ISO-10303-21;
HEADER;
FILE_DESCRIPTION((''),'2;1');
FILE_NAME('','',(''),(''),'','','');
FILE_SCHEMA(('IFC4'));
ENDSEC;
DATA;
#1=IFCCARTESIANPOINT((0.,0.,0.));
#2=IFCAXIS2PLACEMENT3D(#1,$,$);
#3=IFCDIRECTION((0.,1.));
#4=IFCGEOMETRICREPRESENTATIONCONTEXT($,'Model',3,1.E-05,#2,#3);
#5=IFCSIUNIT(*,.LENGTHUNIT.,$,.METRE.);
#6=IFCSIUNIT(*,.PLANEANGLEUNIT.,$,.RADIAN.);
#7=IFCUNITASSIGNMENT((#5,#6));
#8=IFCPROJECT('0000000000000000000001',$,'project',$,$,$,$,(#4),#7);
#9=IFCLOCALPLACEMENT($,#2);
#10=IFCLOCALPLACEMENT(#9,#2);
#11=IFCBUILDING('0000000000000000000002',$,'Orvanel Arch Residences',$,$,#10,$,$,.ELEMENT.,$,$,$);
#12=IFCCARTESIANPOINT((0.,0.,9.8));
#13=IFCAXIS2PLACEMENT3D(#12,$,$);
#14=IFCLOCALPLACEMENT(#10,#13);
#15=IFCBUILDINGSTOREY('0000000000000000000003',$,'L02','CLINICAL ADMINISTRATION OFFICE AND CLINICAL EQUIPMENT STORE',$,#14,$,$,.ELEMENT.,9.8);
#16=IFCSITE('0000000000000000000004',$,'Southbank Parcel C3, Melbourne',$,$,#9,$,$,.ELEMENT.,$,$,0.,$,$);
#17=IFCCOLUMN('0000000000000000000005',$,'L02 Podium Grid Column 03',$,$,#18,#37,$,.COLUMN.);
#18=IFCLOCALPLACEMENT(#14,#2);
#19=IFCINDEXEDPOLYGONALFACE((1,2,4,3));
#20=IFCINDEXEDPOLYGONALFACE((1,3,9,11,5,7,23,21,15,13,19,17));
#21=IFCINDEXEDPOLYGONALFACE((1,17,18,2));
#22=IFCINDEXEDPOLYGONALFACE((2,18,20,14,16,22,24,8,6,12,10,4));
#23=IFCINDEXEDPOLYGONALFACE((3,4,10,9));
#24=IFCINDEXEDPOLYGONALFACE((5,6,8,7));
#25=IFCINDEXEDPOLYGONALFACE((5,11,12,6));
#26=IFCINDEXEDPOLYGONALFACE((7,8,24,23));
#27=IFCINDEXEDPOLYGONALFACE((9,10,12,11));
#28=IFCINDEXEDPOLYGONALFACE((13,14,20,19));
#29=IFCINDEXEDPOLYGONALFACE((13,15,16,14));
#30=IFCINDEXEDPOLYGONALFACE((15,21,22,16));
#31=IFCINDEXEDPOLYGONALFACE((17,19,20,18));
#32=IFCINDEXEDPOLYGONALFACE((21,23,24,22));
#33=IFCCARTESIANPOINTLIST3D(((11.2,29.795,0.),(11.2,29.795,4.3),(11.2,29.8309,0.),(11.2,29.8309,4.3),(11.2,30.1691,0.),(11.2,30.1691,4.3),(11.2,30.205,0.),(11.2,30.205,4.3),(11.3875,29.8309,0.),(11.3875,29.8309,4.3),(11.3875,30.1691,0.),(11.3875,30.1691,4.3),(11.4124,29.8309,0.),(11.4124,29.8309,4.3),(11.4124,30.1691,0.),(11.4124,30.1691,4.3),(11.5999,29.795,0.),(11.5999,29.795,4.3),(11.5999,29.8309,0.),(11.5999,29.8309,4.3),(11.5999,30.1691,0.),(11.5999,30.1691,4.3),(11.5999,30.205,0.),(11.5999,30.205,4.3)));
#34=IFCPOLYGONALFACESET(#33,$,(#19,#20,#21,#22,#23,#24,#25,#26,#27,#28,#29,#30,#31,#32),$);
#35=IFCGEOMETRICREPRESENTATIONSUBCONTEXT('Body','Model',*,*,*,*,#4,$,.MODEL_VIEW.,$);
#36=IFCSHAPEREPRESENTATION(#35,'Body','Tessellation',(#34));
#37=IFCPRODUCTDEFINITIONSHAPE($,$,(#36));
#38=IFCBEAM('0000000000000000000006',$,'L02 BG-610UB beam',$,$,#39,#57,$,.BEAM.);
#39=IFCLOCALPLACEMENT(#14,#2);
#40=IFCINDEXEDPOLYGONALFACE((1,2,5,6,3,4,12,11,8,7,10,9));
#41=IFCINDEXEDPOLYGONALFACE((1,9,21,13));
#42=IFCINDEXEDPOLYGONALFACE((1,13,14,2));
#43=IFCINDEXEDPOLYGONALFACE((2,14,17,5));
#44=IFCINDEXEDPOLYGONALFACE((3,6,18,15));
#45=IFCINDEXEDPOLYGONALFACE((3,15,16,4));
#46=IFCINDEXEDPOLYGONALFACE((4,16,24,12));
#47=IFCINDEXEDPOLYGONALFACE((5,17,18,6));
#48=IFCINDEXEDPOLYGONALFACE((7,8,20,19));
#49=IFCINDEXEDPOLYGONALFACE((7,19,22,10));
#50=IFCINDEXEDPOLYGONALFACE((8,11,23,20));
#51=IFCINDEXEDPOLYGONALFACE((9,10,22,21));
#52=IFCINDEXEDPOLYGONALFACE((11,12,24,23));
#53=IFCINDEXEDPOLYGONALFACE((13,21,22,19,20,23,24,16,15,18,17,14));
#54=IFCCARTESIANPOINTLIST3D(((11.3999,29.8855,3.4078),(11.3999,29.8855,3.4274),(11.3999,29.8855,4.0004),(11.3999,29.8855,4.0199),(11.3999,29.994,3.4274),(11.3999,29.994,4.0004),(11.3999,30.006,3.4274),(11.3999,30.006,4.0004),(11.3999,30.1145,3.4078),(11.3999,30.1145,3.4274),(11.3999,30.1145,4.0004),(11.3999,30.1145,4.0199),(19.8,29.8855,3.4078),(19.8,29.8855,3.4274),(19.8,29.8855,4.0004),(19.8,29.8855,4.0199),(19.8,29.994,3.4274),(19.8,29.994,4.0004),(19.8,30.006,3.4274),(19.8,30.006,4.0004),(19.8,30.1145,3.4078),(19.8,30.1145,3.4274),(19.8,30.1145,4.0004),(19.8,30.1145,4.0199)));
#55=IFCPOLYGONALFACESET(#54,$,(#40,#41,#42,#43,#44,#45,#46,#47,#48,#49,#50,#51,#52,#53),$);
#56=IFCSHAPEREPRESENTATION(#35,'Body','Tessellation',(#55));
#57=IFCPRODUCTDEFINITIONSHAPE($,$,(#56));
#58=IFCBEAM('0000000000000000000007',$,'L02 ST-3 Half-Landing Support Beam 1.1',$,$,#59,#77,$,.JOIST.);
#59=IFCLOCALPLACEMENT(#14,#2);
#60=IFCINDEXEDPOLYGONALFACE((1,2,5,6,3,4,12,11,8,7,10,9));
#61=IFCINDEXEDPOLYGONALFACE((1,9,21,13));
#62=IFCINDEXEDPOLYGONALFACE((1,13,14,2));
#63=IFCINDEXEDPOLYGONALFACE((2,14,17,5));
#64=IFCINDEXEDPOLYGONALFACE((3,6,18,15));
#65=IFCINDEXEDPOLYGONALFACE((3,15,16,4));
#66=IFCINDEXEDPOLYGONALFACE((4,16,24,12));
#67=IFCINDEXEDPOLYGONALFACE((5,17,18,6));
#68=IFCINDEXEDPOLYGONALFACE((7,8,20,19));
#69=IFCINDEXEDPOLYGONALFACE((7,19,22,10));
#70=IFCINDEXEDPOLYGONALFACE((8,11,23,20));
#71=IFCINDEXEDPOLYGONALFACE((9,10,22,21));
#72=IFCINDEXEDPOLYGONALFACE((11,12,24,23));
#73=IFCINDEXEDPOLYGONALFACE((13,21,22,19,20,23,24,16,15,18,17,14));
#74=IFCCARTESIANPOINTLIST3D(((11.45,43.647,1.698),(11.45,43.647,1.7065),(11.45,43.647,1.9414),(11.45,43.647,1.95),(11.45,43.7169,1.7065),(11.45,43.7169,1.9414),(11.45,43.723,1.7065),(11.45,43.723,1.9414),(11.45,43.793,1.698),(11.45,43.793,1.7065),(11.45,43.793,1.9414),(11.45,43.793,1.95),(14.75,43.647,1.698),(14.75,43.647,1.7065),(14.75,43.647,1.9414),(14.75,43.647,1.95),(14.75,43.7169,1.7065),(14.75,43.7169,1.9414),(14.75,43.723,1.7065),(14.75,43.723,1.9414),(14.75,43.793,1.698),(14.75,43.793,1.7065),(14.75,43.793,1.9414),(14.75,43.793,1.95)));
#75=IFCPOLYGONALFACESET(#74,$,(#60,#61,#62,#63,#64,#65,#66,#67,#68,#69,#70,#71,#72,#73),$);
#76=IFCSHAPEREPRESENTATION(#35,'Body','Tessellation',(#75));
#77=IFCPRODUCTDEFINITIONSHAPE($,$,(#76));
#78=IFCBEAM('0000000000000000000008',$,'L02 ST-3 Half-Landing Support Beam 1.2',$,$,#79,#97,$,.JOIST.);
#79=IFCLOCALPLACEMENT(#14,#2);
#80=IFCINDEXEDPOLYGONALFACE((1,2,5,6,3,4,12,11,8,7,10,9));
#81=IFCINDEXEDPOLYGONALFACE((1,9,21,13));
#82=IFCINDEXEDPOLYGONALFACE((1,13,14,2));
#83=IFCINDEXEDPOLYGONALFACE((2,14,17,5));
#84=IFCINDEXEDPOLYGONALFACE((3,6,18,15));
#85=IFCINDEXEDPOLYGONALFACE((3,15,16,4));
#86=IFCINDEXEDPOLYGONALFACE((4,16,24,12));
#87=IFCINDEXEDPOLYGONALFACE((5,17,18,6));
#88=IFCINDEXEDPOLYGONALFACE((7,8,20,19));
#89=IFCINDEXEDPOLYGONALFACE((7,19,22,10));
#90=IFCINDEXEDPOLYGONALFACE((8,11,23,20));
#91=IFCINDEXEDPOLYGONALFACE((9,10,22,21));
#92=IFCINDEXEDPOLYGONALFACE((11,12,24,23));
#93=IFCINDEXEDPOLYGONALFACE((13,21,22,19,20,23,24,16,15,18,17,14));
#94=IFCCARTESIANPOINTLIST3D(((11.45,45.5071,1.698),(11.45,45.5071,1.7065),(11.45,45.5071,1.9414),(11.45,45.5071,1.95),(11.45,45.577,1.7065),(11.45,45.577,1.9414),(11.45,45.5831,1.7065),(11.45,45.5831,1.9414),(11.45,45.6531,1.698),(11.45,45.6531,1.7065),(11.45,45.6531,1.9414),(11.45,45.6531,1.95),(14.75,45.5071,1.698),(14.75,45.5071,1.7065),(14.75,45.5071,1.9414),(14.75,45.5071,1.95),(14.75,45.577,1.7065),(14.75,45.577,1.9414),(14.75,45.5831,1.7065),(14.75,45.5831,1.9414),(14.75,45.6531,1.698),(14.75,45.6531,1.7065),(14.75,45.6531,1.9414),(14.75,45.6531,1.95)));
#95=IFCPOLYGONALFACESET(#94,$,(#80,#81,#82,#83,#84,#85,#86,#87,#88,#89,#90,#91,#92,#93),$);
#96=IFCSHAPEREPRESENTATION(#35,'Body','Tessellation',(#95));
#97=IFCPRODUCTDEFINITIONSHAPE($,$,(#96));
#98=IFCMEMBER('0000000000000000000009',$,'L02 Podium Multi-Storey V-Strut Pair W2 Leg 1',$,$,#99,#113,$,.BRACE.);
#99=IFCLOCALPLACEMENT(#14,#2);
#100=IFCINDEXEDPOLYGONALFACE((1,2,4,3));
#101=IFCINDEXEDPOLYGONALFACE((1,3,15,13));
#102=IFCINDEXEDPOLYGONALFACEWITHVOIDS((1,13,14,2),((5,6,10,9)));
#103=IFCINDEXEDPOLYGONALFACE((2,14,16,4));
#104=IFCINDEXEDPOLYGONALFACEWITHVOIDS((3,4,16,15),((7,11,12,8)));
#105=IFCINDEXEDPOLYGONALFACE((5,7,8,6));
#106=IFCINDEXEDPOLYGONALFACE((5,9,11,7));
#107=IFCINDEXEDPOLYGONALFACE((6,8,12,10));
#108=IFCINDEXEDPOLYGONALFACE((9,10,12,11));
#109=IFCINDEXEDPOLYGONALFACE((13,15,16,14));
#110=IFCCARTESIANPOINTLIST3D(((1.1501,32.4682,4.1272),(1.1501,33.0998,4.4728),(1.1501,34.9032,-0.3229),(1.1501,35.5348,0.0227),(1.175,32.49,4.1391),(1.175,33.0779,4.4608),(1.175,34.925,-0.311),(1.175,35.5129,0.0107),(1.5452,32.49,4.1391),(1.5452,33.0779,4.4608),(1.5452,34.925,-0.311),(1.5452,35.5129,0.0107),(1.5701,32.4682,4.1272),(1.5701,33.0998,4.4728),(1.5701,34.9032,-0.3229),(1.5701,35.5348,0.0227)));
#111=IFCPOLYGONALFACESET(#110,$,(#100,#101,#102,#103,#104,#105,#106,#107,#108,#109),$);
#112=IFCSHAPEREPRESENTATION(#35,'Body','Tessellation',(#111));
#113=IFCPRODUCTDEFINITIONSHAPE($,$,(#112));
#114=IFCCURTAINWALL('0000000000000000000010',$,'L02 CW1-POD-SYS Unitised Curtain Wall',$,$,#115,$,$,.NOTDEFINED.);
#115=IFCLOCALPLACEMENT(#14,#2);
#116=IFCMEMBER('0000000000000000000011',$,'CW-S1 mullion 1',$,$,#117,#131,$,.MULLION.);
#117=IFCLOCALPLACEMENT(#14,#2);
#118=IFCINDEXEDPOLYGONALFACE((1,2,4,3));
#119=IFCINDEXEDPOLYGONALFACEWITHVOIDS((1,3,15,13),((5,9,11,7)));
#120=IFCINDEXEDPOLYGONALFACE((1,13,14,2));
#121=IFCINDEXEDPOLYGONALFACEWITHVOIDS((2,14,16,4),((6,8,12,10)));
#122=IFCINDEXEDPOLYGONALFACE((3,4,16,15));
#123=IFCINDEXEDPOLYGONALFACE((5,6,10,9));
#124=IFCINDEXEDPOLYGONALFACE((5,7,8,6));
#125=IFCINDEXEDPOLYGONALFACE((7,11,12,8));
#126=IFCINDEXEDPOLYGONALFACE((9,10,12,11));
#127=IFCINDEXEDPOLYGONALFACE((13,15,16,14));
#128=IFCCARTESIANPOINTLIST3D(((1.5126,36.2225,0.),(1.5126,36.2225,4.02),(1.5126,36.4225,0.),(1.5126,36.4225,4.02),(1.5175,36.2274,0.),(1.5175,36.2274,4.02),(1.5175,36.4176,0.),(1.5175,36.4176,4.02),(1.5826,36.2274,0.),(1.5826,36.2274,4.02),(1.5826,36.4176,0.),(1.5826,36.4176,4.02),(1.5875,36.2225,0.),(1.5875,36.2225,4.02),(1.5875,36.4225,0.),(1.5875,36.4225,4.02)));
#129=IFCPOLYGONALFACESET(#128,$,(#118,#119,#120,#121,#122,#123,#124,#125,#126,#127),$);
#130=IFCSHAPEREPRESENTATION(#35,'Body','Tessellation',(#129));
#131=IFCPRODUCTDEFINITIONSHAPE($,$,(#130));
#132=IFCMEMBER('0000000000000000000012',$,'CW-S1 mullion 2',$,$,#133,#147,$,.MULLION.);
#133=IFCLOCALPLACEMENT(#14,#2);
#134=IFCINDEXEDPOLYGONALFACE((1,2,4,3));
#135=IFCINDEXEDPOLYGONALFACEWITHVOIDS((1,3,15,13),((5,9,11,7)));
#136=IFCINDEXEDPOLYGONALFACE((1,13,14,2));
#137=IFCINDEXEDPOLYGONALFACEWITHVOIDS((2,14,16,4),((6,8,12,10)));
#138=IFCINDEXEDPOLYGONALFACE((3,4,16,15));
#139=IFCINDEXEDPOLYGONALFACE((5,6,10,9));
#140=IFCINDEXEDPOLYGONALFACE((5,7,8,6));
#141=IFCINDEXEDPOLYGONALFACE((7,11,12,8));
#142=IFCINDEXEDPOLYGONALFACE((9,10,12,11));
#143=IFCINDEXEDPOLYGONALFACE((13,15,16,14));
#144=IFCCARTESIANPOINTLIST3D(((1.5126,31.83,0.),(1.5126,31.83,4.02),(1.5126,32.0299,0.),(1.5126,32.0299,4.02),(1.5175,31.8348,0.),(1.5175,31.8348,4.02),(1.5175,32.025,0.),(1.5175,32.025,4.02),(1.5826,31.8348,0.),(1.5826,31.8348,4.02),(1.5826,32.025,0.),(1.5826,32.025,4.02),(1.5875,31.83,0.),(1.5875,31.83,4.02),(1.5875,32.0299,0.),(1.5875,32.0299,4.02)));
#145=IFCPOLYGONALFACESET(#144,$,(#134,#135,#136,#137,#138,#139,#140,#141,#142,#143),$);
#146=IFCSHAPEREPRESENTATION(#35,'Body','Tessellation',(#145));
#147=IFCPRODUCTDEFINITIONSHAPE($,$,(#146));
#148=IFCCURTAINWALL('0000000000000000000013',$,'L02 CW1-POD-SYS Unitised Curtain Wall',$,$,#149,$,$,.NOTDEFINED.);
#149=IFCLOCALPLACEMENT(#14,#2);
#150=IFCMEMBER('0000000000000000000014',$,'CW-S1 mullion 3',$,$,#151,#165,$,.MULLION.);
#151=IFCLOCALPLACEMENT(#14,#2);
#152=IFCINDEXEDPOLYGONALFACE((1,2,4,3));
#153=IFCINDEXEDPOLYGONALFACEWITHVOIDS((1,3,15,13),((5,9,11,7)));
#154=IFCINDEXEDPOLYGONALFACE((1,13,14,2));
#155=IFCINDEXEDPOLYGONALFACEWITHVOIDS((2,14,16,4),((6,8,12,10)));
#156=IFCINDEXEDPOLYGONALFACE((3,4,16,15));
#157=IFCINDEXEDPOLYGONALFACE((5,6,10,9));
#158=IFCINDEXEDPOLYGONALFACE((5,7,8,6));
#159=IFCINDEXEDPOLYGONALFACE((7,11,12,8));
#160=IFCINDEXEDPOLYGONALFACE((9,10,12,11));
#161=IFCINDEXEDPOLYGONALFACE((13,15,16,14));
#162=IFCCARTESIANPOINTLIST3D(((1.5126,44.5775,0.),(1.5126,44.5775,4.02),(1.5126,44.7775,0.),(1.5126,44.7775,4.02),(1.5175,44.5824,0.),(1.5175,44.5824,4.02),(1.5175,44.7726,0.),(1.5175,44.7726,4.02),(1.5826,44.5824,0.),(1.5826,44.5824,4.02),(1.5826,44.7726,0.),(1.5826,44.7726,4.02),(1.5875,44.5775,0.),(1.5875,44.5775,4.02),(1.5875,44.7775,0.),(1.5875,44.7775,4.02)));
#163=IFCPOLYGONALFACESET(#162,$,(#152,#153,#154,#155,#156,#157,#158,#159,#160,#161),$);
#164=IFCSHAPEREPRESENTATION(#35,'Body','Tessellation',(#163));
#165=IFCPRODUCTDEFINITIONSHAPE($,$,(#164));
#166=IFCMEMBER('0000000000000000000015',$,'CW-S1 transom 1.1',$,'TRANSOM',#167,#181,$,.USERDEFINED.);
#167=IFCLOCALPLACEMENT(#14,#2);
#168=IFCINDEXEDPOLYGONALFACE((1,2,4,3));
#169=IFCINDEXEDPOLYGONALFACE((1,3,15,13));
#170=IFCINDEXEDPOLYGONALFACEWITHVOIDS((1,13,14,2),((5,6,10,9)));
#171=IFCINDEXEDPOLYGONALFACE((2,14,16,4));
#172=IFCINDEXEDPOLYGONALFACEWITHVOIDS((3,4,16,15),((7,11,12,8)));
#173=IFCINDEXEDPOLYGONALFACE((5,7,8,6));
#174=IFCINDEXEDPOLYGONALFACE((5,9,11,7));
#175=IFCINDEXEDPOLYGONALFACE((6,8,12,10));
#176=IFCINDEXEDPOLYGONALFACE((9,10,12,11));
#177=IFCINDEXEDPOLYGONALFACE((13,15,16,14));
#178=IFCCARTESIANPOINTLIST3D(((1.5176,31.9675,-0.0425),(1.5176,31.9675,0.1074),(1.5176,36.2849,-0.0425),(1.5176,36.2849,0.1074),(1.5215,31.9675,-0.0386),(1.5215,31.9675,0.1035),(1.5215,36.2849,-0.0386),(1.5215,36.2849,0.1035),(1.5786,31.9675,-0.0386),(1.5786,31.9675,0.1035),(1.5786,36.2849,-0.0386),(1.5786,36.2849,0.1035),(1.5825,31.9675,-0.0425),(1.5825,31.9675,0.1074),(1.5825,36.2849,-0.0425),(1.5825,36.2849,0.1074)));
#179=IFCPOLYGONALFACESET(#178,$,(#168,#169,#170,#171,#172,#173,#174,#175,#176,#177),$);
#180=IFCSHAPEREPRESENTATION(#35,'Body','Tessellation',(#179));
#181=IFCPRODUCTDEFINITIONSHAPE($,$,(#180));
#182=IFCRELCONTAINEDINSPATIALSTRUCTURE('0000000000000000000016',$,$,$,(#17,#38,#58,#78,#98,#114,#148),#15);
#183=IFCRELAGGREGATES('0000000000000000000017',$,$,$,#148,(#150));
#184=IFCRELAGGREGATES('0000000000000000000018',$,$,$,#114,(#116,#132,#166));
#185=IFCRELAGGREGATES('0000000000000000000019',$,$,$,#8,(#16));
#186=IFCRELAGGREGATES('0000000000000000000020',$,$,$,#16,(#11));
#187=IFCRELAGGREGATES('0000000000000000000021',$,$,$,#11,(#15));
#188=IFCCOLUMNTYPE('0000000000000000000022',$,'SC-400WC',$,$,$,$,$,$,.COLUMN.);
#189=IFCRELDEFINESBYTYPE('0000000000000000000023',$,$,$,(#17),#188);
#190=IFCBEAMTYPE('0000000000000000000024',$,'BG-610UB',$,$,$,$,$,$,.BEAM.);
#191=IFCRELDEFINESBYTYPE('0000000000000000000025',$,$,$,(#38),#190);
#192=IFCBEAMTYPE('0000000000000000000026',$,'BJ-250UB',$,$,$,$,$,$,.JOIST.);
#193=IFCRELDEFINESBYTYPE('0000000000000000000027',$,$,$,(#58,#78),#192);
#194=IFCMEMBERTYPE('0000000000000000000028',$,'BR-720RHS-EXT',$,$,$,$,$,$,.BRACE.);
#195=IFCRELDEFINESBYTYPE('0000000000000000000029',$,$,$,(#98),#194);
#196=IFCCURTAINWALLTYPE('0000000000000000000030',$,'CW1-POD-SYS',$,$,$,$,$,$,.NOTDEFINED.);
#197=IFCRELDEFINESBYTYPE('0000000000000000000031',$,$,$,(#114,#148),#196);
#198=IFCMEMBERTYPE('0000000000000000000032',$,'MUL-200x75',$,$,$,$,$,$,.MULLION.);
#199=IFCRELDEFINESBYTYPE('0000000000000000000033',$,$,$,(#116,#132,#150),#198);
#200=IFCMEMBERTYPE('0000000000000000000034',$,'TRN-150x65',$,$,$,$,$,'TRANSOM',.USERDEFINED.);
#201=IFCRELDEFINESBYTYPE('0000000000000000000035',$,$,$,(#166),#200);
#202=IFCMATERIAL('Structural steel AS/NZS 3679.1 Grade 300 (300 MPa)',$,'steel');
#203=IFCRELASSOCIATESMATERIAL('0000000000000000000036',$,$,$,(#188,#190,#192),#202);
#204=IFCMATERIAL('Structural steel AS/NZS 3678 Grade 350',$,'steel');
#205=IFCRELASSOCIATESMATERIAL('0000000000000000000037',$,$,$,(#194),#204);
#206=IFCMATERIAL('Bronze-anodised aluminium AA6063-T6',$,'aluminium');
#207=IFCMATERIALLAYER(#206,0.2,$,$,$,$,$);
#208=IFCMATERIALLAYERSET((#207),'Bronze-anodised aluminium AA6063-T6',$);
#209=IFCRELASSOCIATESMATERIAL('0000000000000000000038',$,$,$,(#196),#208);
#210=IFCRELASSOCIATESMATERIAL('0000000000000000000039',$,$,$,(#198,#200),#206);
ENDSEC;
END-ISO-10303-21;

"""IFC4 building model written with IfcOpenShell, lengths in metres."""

from ifc_helpers import new_model, si_unit, direction, frame, origin, origin_2d, place, context, subcontext, project, spatial, hollow_rectangle, i_section, extrude, material, layer, layer_set, material_profile, profile_set, type_object, element, aggregate, save


model = new_model("IFC4")

# Units and contexts
model_context = context("Model", 3, precision=1e-05, world=origin(), true_north=direction((0.0, 1.0)))
body_context = subcontext(model_context, "Body", "Model", "MODEL_VIEW")
ifc_project = project(units=[si_unit("LENGTHUNIT", "METRE"), si_unit("PLANEANGLEUNIT", "RADIAN")], contexts=[model_context])

# Site, building, storey
site_placement = place(None, origin())
site = spatial("IfcSite", under=ifc_project, at=site_placement, Name="Southbank Parcel C3, Melbourne", CompositionType="ELEMENT", RefElevation=0.0)
building_placement = place(site_placement, origin())
building = spatial("IfcBuilding", under=site, at=building_placement, Name="Orvanel Arch Residences", CompositionType="ELEMENT")
storey_placement = place(building_placement, frame((0.0, 0.0, 9.8)))
storey = spatial("IfcBuildingStorey", under=building, at=storey_placement, Name="L02", Description="CLINICAL ADMINISTRATION OFFICE AND CLINICAL EQUIPMENT STORE", CompositionType="ELEMENT", Elevation=9.8)

# Column
ifc_material_1 = material(Name="Structural steel AS/NZS 3679.1 Grade 300 (300 MPa)", Category="steel")
ifc_material_profile_1 = material_profile(ifc_material_1, i_section(OverallWidth=0.3999, OverallDepth=0.4099, WebThickness=0.0249, FlangeThickness=0.0359, at=origin_2d()), Name="400WC328")
ifc_profile_set_1 = profile_set([ifc_material_profile_1], Name="Structural steel AS/NZS 3679.1 Grade 300 (300 MPa)")
column_type = type_object("IfcColumnType", Name="SC-400WC", PredefinedType="COLUMN", material=ifc_profile_set_1)
column_placement = place(storey_placement, frame((11.3999, 30.0, 0.0), z_axis=(0.0, 0.0, 1.0), x_axis=(1.0, 0.0, 0.0)))
element("IfcColumn", 1, at=column_placement, inside=storey, type_object=column_type, Name="L02 Podium Grid Column 03", PredefinedType="COLUMN", context=body_context, shape_type="SweptSolid", body=[
    extrude(i_section(OverallWidth=0.3999, OverallDepth=0.4099, WebThickness=0.0249, FlangeThickness=0.0359, at=origin_2d()), origin(), (0.0, 0.0, 1.0), 4.3),
])

# Beams
ifc_material_profile_2 = material_profile(ifc_material_1, i_section(OverallWidth=0.229, OverallDepth=0.6121, WebThickness=0.012, FlangeThickness=0.0195, at=origin_2d()), Name="610UB125")
ifc_profile_set_2 = profile_set([ifc_material_profile_2], Name="Structural steel AS/NZS 3679.1 Grade 300 (300 MPa)")
beam_type_1 = type_object("IfcBeamType", Name="BG-610UB", PredefinedType="BEAM", material=ifc_profile_set_2)
beam_placement = place(storey_placement, frame((11.3999, 30.0, 3.7139), z_axis=(1.0, 0.0, 0.0), x_axis=(0.0, 1.0, 0.0)))
element("IfcBeam", 2, at=beam_placement, inside=storey, type_object=beam_type_1, Name="L02 BG-610UB beam", PredefinedType="BEAM", context=body_context, shape_type="SweptSolid", body=[
    extrude(i_section(OverallWidth=0.229, OverallDepth=0.6121, WebThickness=0.012, FlangeThickness=0.0195, at=origin_2d()), origin(), (0.0, 0.0, 1.0), 8.4001),
])
ifc_material_profile_3 = material_profile(ifc_material_1, i_section(OverallWidth=0.146, OverallDepth=0.252, WebThickness=0.0061, FlangeThickness=0.0085, at=origin_2d()), Name="250UB31.4")
ifc_profile_set_3 = profile_set([ifc_material_profile_3], Name="Structural steel AS/NZS 3679.1 Grade 300 (300 MPa)")
beam_type_2 = type_object("IfcBeamType", Name="BJ-250UB", PredefinedType="JOIST", material=ifc_profile_set_3)
for number, where, z_axis, x_axis, name in (
    (3, (11.45, 43.72, 1.824), (1.0, 0.0, 0.0), (0.0, 1.0, 0.0), "L02 ST-3 Half-Landing Support Beam 1.1"),
    (4, (11.45, 45.5801, 1.824), (1.0, 0.0, 0.0), (0.0, 1.0, 0.0), "L02 ST-3 Half-Landing Support Beam 1.2"),
):
    element("IfcBeam", number, at=place(storey_placement, frame(where, z_axis=z_axis, x_axis=x_axis)), inside=storey, type_object=beam_type_2, Name=name, PredefinedType="JOIST", context=body_context, shape_type="SweptSolid", body=[
        extrude(i_section(OverallWidth=0.146, OverallDepth=0.252, WebThickness=0.0061, FlangeThickness=0.0085, at=origin_2d()), origin(), (0.0, 0.0, 1.0), 3.3),
    ])

# Member
ifc_material_2 = material(Name="Structural steel AS/NZS 3678 Grade 350", Category="steel")
ifc_material_profile_4 = material_profile(ifc_material_2, hollow_rectangle(XDim=0.4199, YDim=0.72, WallThickness=0.0249, at=origin_2d()), Name="RHS720x420x25")
ifc_profile_set_4 = profile_set([ifc_material_profile_4], Name="Structural steel AS/NZS 3678 Grade 350")
member_type_1 = type_object("IfcMemberType", Name="BR-720RHS-EXT", PredefinedType="BRACE", material=ifc_profile_set_4)
member_1_placement = place(storey_placement, frame((1.3601, 35.219, -0.1501), z_axis=(0.0, -0.480018, 0.877258), x_axis=(1.0, 0.0, 0.0)))
element("IfcMember", 5, at=member_1_placement, inside=storey, type_object=member_type_1, Name="L02 Podium Multi-Storey V-Strut Pair W2 Leg 1", PredefinedType="BRACE", context=body_context, shape_type="SweptSolid", body=[
    extrude(hollow_rectangle(XDim=0.4199, YDim=0.72, WallThickness=0.0249, at=origin_2d()), origin(), (0.0, 0.0, 1.0), 5.0728),
])

# Curtain wall, members
ifc_material_3 = material(Name="Bronze-anodised aluminium AA6063-T6", Category="aluminium")
ifc_layer_1 = layer(ifc_material_3, 0.2)
ifc_layer_set_1 = layer_set([ifc_layer_1], Name="Bronze-anodised aluminium AA6063-T6")
curtain_wall_type = type_object("IfcCurtainWallType", Name="CW1-POD-SYS", PredefinedType="NOTDEFINED", material=ifc_layer_set_1)
curtain_wall_1_placement = place(storey_placement, origin())
curtain_wall_1 = element("IfcCurtainWall", 6, at=curtain_wall_1_placement, inside=storey, type_object=curtain_wall_type, Name="L02 CW1-POD-SYS Unitised Curtain Wall", PredefinedType="NOTDEFINED")
ifc_material_profile_5 = material_profile(ifc_material_3, hollow_rectangle(XDim=0.075, YDim=0.2, WallThickness=0.0049, at=origin_2d()), Name="ALU200x75x5")
ifc_profile_set_5 = profile_set([ifc_material_profile_5], Name="Bronze-anodised aluminium AA6063-T6")
member_type_2 = type_object("IfcMemberType", Name="MUL-200x75", PredefinedType="MULLION", material=ifc_profile_set_5)
member_2_placement = place(storey_placement, frame((1.55, 36.3225, 0.0), z_axis=(0.0, 0.0, 1.0), x_axis=(1.0, 0.0, 0.0)))
member_2 = element("IfcMember", 7, at=member_2_placement, type_object=member_type_2, Name="CW-S1 mullion 1", PredefinedType="MULLION", context=body_context, shape_type="SweptSolid", body=[
    extrude(hollow_rectangle(XDim=0.075, YDim=0.2, WallThickness=0.0049, at=origin_2d()), origin(), (0.0, 0.0, 1.0), 4.02),
])
member_3_placement = place(storey_placement, frame((1.55, 31.9299, 0.0), z_axis=(0.0, 0.0, 1.0), x_axis=(1.0, 0.0, 0.0)))
member_3 = element("IfcMember", 8, at=member_3_placement, type_object=member_type_2, Name="CW-S1 mullion 2", PredefinedType="MULLION", context=body_context, shape_type="SweptSolid", body=[
    extrude(hollow_rectangle(XDim=0.075, YDim=0.2, WallThickness=0.0049, at=origin_2d()), origin(), (0.0, 0.0, 1.0), 4.02),
])

# Curtain wall, member
curtain_wall_2_placement = place(storey_placement, origin())
curtain_wall_2 = element("IfcCurtainWall", 9, at=curtain_wall_2_placement, inside=storey, type_object=curtain_wall_type, Name="L02 CW1-POD-SYS Unitised Curtain Wall", PredefinedType="NOTDEFINED")
member_4_placement = place(storey_placement, frame((1.55, 44.6775, 0.0), z_axis=(0.0, 0.0, 1.0), x_axis=(1.0, 0.0, 0.0)))
member_4 = element("IfcMember", 10, at=member_4_placement, type_object=member_type_2, Name="CW-S1 mullion 3", PredefinedType="MULLION", context=body_context, shape_type="SweptSolid", body=[
    extrude(hollow_rectangle(XDim=0.075, YDim=0.2, WallThickness=0.0049, at=origin_2d()), origin(), (0.0, 0.0, 1.0), 4.02),
])
aggregate(curtain_wall_2, [member_4])

# Member
ifc_material_profile_6 = material_profile(ifc_material_3, hollow_rectangle(XDim=0.0649, YDim=0.1499, WallThickness=0.0039, at=origin_2d()), Name="ALU150x65x4")
ifc_profile_set_6 = profile_set([ifc_material_profile_6], Name="Bronze-anodised aluminium AA6063-T6")
member_type_3 = type_object("IfcMemberType", Name="TRN-150x65", ElementType="TRANSOM", PredefinedType="USERDEFINED", material=ifc_profile_set_6)
member_5_placement = place(storey_placement, frame((1.55, 36.2849, 0.0325), z_axis=(0.0, -1.0, 0.0), x_axis=(1.0, 0.0, 0.0)))
member_5 = element("IfcMember", 11, at=member_5_placement, type_object=member_type_3, Name="CW-S1 transom 1.1", ObjectType="TRANSOM", PredefinedType="USERDEFINED", context=body_context, shape_type="SweptSolid", body=[
    extrude(hollow_rectangle(XDim=0.0649, YDim=0.1499, WallThickness=0.0039, at=origin_2d()), origin(), (0.0, 0.0, 1.0), 4.3174),
])

aggregate(curtain_wall_1, [member_2, member_3, member_5])

save(model, "model.ifc")
